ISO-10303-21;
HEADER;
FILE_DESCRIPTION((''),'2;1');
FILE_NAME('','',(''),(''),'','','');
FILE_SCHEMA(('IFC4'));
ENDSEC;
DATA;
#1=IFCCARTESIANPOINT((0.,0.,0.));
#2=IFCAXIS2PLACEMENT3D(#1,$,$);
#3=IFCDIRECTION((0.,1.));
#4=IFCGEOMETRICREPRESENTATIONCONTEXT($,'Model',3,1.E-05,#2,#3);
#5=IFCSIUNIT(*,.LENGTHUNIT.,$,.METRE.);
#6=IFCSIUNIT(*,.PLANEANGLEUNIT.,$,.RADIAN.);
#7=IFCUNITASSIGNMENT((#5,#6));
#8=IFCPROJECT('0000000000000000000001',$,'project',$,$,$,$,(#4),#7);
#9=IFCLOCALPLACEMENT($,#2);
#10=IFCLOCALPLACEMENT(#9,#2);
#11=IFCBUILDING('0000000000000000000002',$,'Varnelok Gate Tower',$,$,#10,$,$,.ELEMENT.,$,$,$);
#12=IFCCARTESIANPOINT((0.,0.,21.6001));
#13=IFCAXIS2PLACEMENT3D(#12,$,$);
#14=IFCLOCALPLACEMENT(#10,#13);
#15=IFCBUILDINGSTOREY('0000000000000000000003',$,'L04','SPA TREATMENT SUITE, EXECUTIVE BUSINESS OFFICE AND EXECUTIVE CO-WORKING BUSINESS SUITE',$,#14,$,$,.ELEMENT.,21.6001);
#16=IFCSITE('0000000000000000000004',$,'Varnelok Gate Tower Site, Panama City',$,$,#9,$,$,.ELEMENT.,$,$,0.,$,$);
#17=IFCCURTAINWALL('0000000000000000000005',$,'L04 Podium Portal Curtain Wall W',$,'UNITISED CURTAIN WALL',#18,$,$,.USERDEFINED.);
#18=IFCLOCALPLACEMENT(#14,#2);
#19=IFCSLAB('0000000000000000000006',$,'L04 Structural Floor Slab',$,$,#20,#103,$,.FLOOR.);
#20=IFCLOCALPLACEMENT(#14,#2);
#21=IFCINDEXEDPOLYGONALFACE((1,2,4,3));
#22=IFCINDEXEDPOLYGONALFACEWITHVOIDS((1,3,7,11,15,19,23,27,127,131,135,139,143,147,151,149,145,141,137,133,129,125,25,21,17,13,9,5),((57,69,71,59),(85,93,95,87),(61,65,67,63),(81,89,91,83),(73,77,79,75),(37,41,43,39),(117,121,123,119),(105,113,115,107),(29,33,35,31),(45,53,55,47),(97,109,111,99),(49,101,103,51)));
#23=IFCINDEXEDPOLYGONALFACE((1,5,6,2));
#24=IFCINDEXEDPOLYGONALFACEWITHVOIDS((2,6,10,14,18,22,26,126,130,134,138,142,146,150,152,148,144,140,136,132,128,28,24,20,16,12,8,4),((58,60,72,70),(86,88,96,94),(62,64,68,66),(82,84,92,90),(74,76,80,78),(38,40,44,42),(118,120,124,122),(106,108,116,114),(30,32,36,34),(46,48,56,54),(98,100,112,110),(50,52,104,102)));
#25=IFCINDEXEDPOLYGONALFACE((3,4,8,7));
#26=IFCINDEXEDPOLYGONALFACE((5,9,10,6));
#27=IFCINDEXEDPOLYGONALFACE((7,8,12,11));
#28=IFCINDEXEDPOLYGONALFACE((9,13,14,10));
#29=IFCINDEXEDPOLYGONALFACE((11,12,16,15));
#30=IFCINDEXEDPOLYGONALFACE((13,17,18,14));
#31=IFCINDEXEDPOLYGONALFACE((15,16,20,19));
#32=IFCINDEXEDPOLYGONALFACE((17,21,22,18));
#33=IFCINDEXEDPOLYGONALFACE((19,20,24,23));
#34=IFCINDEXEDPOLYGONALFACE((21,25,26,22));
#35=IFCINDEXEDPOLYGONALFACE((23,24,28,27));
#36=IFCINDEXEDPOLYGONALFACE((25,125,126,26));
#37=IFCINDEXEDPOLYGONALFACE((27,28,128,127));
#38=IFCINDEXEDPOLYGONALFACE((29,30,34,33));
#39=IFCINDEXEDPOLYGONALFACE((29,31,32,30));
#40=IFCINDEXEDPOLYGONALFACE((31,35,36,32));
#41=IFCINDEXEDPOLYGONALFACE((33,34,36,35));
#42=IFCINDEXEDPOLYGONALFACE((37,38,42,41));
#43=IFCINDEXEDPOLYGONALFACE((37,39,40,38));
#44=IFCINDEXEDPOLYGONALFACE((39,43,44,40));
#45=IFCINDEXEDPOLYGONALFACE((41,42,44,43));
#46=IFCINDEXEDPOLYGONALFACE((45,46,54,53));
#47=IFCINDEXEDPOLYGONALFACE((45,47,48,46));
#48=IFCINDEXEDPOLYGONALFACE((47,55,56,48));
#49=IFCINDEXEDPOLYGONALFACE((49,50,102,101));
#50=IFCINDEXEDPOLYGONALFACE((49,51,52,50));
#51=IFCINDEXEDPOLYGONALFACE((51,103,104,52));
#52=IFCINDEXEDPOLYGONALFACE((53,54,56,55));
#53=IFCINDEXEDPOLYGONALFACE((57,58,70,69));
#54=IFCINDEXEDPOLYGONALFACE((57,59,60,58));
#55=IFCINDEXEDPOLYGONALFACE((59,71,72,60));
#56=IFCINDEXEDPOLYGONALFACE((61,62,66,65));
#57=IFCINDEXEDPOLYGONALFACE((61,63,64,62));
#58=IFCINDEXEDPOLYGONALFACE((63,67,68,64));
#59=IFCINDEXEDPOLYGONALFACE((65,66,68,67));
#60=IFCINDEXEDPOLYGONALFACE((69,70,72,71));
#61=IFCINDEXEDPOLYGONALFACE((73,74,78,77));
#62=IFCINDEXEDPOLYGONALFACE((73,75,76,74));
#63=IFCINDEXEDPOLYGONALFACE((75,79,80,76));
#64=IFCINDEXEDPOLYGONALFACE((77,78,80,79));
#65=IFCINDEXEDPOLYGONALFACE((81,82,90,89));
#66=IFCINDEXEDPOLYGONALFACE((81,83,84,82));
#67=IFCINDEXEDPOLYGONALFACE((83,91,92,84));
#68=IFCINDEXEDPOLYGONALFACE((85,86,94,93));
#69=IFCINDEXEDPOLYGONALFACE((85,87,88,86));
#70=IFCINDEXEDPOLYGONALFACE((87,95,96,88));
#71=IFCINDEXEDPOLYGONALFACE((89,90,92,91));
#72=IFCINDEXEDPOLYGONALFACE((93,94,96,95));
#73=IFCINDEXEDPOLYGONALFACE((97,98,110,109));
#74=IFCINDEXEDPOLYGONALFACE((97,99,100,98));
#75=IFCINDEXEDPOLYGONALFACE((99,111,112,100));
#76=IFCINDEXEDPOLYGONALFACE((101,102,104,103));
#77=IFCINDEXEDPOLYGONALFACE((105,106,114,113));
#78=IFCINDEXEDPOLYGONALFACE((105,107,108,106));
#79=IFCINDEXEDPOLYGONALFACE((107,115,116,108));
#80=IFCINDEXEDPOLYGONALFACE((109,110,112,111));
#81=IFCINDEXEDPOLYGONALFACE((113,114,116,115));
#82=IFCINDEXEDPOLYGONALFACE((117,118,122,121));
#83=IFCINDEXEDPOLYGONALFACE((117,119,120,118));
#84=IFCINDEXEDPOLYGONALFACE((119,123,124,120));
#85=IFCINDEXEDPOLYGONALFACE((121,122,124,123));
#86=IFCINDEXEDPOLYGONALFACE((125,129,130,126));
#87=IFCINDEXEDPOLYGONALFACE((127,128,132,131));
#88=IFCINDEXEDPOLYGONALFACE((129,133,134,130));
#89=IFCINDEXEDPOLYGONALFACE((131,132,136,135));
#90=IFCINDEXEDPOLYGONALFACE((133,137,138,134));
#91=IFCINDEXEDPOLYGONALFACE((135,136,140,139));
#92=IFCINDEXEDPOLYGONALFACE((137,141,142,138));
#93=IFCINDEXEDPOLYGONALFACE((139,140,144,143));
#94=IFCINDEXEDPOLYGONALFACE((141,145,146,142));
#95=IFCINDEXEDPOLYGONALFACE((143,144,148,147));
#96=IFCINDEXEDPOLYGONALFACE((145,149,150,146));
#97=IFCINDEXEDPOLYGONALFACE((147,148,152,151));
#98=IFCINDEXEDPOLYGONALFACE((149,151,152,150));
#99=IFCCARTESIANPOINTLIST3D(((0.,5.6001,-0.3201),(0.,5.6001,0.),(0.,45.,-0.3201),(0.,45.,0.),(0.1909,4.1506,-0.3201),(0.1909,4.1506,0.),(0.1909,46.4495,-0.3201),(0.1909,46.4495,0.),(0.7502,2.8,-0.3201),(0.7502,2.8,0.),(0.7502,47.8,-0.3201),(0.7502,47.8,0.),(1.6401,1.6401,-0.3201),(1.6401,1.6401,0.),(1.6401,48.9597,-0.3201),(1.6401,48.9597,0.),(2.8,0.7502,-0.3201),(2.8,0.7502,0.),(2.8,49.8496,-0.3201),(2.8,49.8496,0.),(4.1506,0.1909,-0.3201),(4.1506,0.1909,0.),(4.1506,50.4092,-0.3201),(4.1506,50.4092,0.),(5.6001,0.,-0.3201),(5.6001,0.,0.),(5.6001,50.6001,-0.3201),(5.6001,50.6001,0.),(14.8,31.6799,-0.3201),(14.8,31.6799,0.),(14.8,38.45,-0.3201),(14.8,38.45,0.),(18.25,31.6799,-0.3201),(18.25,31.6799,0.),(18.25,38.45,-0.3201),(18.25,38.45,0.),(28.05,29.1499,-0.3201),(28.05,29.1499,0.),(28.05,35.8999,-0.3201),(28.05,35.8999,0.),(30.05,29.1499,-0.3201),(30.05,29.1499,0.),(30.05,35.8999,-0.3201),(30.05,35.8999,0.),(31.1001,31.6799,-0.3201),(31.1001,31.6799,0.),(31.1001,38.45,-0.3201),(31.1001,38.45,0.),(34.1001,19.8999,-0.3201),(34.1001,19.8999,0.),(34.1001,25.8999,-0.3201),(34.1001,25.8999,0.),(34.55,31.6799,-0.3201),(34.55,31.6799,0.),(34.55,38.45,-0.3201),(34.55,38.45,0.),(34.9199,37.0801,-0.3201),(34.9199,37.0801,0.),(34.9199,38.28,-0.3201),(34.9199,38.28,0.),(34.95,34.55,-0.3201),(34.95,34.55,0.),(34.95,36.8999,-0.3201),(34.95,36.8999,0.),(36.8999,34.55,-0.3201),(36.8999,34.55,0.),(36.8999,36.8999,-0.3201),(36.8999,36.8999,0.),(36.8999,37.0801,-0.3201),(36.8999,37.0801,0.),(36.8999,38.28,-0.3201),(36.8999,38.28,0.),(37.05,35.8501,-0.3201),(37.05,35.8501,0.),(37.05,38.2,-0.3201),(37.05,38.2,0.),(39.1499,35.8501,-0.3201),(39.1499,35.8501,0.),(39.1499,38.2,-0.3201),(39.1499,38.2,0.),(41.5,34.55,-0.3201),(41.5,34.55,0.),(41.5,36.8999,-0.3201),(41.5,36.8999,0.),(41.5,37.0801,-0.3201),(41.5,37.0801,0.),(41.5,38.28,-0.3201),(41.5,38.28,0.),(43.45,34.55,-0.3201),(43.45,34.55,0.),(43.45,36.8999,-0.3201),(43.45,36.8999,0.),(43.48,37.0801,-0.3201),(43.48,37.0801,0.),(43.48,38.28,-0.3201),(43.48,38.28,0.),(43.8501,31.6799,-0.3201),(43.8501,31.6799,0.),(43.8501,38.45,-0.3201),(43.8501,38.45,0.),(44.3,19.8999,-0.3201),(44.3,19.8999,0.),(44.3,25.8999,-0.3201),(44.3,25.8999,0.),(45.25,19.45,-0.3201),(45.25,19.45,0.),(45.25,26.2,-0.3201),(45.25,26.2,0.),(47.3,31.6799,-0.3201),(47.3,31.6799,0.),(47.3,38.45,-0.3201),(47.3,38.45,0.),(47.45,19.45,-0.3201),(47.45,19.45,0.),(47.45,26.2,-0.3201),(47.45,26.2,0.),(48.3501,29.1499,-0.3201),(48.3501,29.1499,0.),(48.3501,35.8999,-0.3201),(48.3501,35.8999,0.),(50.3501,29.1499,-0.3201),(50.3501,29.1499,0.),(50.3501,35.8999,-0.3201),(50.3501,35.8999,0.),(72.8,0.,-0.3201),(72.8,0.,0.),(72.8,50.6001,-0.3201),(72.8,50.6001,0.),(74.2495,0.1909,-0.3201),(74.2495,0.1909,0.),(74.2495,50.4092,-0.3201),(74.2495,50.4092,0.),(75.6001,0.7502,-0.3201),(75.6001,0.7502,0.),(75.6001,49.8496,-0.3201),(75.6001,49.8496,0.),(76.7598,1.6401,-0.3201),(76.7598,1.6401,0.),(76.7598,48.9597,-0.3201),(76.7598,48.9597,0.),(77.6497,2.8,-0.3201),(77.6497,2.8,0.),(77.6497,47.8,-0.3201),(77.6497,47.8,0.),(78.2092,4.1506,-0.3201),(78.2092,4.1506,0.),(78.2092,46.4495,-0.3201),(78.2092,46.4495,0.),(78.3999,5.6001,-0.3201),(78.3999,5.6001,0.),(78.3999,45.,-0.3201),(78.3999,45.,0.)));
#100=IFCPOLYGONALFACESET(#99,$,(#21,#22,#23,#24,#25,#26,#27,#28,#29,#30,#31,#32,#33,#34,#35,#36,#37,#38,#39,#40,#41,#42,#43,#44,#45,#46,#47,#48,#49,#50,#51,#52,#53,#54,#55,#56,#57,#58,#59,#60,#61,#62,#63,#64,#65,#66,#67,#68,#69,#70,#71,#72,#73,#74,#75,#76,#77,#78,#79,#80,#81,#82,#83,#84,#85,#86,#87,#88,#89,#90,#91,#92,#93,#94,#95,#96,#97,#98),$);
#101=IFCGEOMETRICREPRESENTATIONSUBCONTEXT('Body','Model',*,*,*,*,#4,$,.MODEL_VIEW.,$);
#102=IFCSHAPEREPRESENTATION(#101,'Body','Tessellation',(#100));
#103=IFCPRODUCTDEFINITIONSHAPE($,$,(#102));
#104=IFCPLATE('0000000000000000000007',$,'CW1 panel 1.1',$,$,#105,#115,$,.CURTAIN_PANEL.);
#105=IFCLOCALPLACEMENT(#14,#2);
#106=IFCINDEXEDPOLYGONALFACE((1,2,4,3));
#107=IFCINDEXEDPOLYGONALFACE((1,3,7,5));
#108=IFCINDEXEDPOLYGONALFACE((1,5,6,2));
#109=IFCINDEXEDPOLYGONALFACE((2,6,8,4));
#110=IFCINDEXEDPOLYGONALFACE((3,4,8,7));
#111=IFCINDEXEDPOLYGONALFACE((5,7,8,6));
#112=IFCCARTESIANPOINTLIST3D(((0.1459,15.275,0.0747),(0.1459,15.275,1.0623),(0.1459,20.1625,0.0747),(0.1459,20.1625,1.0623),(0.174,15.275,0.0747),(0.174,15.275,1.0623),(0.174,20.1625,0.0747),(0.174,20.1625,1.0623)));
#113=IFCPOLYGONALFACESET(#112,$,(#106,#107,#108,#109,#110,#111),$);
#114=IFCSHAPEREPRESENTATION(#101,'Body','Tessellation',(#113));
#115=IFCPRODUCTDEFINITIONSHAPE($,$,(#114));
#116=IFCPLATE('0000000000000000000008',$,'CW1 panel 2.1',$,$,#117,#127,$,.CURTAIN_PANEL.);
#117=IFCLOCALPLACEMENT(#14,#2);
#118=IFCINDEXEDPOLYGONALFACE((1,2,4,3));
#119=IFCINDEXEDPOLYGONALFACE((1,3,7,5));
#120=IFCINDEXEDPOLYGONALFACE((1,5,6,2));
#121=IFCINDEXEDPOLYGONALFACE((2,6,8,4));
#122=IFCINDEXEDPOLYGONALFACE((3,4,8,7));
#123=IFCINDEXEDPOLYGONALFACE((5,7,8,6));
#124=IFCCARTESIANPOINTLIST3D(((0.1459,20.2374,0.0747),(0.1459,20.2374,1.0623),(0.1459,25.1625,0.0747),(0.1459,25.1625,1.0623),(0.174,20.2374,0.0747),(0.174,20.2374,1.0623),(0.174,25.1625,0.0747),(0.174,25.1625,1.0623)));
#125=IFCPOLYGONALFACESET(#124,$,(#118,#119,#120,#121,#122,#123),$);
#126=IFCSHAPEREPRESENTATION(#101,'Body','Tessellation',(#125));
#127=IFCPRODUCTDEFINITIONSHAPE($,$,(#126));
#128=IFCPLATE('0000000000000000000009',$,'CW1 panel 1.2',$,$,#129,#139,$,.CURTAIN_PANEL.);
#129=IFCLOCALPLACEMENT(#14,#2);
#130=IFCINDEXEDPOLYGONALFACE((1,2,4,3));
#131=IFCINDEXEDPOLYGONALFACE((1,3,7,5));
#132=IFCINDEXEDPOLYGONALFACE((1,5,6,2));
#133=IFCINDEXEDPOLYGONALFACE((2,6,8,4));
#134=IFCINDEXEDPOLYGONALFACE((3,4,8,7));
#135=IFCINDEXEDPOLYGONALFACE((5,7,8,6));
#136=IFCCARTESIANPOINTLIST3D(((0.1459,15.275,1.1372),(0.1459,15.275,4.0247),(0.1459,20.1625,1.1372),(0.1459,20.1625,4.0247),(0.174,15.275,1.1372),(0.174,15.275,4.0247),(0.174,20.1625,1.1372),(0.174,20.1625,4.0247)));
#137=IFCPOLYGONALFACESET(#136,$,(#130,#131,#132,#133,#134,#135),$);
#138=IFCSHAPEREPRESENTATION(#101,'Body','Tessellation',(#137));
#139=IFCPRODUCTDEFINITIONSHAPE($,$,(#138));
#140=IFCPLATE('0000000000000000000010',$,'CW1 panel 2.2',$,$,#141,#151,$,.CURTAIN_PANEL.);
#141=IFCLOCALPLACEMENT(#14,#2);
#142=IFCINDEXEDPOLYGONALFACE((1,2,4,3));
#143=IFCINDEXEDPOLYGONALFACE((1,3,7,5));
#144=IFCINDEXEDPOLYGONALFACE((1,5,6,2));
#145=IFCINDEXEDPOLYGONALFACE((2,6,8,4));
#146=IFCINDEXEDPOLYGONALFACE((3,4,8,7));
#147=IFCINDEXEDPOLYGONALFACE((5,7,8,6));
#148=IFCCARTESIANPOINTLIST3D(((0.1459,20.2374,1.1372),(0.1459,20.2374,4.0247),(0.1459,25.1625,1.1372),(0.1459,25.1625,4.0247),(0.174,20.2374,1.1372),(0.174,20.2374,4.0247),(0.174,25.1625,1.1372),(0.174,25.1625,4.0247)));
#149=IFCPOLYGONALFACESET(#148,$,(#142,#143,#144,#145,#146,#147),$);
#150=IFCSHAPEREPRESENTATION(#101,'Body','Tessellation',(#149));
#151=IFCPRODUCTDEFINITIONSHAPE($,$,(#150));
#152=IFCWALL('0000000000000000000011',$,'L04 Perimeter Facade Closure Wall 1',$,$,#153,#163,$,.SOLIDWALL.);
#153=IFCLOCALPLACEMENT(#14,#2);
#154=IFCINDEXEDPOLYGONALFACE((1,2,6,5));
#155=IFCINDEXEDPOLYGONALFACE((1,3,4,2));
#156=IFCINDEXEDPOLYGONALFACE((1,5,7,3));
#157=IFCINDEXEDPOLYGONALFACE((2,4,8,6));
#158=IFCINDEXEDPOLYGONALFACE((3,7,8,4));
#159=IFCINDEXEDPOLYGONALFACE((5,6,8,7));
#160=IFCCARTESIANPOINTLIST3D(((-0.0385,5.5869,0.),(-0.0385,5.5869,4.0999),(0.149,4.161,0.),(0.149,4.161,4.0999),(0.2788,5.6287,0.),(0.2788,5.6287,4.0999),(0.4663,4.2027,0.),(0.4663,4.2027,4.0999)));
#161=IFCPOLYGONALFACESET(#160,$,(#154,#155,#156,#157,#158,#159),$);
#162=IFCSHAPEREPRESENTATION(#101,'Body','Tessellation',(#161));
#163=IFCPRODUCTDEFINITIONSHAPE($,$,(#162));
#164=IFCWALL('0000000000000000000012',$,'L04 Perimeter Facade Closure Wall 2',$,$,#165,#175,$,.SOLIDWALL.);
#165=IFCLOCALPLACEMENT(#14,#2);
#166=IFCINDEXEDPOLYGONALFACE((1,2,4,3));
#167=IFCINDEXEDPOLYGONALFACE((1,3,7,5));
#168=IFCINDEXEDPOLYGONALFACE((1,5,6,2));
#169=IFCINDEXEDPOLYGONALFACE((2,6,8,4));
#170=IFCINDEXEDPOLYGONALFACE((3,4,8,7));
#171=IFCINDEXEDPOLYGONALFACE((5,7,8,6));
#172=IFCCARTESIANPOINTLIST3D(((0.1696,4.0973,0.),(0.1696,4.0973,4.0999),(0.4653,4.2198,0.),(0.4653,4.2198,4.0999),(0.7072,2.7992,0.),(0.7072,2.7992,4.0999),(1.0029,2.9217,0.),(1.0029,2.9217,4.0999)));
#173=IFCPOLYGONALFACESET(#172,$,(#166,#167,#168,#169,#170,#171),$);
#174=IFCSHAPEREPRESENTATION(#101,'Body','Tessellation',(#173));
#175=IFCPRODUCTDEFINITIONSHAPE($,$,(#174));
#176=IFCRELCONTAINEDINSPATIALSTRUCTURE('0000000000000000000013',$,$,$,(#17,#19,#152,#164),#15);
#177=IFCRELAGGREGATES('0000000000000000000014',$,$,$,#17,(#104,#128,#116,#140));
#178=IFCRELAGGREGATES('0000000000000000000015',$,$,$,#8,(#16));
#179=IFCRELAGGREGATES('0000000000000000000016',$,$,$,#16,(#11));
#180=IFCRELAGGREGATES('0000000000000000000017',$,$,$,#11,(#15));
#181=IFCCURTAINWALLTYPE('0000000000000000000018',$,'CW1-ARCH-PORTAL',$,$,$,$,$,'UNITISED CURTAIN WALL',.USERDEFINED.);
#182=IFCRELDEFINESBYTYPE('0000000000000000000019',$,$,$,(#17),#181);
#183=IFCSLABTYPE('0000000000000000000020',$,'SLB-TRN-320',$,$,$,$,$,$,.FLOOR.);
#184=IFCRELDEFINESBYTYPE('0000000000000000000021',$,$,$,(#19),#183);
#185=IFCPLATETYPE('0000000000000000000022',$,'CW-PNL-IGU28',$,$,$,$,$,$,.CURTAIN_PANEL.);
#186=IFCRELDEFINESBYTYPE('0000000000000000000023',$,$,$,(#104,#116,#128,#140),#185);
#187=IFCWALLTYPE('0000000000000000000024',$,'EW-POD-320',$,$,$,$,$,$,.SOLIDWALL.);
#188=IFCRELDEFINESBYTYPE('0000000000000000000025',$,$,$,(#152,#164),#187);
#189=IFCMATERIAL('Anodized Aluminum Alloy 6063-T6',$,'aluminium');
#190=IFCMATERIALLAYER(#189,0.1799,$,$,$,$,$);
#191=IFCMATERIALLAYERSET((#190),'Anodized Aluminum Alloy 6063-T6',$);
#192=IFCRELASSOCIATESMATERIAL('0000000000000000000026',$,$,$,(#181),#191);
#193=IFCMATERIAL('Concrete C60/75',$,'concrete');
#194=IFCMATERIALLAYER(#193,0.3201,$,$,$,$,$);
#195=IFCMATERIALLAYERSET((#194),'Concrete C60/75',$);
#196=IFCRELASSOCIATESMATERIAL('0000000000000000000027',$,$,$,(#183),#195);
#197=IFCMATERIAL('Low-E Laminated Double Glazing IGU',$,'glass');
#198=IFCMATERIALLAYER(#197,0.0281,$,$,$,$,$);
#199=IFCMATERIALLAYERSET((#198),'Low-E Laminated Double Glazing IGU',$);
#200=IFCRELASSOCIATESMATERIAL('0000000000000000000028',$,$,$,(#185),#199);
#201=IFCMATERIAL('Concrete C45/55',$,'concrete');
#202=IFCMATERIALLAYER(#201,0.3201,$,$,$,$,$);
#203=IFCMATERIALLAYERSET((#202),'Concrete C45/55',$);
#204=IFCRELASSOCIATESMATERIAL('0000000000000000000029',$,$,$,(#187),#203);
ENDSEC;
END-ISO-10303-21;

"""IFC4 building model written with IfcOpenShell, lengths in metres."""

from ifc_helpers import new_model, si_unit, direction, frame, frame_2d, origin, origin_2d, place, context, subcontext, project, spatial, polyline, rectangle, outline, extrude, source, transform, mapped, material, layer, layer_set, type_object, element, aggregate, save


model = new_model("IFC4")

# Units and contexts
model_context = context("Model", 3, precision=1e-05, world=origin(), true_north=direction((0.0, 1.0)))
body_context = subcontext(model_context, "Body", "Model", "MODEL_VIEW")
ifc_project = project(units=[si_unit("LENGTHUNIT", "METRE"), si_unit("PLANEANGLEUNIT", "RADIAN")], contexts=[model_context])

# Site, building, storey
site_placement = place(None, origin())
site = spatial("IfcSite", under=ifc_project, at=site_placement, Name="Varnelok Gate Tower Site, Panama City", CompositionType="ELEMENT", RefElevation=0.0)
building_placement = place(site_placement, origin())
building = spatial("IfcBuilding", under=site, at=building_placement, Name="Varnelok Gate Tower", CompositionType="ELEMENT")
storey_placement = place(building_placement, frame((0.0, 0.0, 21.6001)))
storey = spatial("IfcBuildingStorey", under=building, at=storey_placement, Name="L04", Description="SPA TREATMENT SUITE, EXECUTIVE BUSINESS OFFICE AND EXECUTIVE CO-WORKING BUSINESS SUITE", CompositionType="ELEMENT", Elevation=21.6001)

# Shared definitions
ifc_material_1 = material(Name="Concrete C60/75", Category="concrete")

# Curtain wall
ifc_material_2 = material(Name="Anodized Aluminum Alloy 6063-T6", Category="aluminium")
ifc_layer_1 = layer(ifc_material_2, 0.1799)
ifc_layer_set_1 = layer_set([ifc_layer_1], Name="Anodized Aluminum Alloy 6063-T6")
curtain_wall_type = type_object("IfcCurtainWallType", Name="CW1-ARCH-PORTAL", ElementType="UNITISED CURTAIN WALL", PredefinedType="USERDEFINED", material=ifc_layer_set_1)
curtain_wall_placement = place(storey_placement, origin())
curtain_wall = element("IfcCurtainWall", 1, at=curtain_wall_placement, inside=storey, type_object=curtain_wall_type, Name="L04 Podium Portal Curtain Wall W", ObjectType="UNITISED CURTAIN WALL", PredefinedType="USERDEFINED")

# Shared definitions
ifc_material_3 = material(Name="Concrete C45/55", Category="concrete")

# Slab
ifc_layer_2 = layer(ifc_material_1, 0.3201)
ifc_layer_set_2 = layer_set([ifc_layer_2], Name="Concrete C60/75")
slab_type_1 = type_object("IfcSlabType", Name="SLB-TRN-320", PredefinedType="FLOOR", material=ifc_layer_set_2)
slab_1_placement = place(storey_placement, frame((0.0, 0.0, -0.3201)))
element("IfcSlab", 2, at=slab_1_placement, inside=storey, type_object=slab_type_1, Name="L04 Structural Floor Slab", PredefinedType="FLOOR", context=body_context, shape_type="SweptSolid", body=[
    extrude(outline(polyline([(0.0, 5.6001), (0.1909, 4.1506), (0.7502, 2.8), (1.6401, 1.6401), (2.8, 0.7502), (4.1506, 0.1909), (5.6001, 0.0), (72.8, 0.0), (74.2495, 0.1909), (75.6001, 0.7502), (76.7598, 1.6401), (77.6497, 2.8), (78.2092, 4.1506), (78.3999, 5.6001), (78.3999, 45.0), (78.2092, 46.4495), (77.6497, 47.8), (76.7598, 48.9597), (75.6001, 49.8496), (74.2495, 50.4092), (72.8, 50.6001), (5.6001, 50.6001), (4.1506, 50.4092), (2.8, 49.8496), (1.6401, 48.9597), (0.7502, 47.8), (0.1909, 46.4495), (0.0, 45.0), (0.0, 5.6001)]), holes=[polyline([(34.55, 31.6799), (34.55, 38.45), (31.1001, 38.45), (31.1001, 31.6799), (34.55, 31.6799)]), polyline([(47.3, 31.6799), (47.3, 38.45), (43.8501, 38.45), (43.8501, 31.6799), (47.3, 31.6799)]), polyline([(18.25, 31.6799), (18.25, 38.45), (14.8, 38.45), (14.8, 31.6799), (18.25, 31.6799)]), polyline([(34.95, 34.55), (36.8999, 34.55), (36.8999, 36.8999), (34.95, 36.8999), (34.95, 34.55)]), polyline([(41.5, 34.55), (43.45, 34.55), (43.45, 36.8999), (41.5, 36.8999), (41.5, 34.55)]), polyline([(37.05, 35.8501), (39.1499, 35.8501), (39.1499, 38.2), (37.05, 38.2), (37.05, 35.8501)]), polyline([(28.05, 29.1499), (30.05, 29.1499), (30.05, 35.8999), (28.05, 35.8999), (28.05, 29.1499)]), polyline([(48.3501, 29.1499), (50.3501, 29.1499), (50.3501, 35.8999), (48.3501, 35.8999), (48.3501, 29.1499)]), polyline([(45.25, 19.45), (47.45, 19.45), (47.45, 26.2), (45.25, 26.2), (45.25, 19.45)]), polyline([(34.9199, 37.0801), (36.8999, 37.0801), (36.8999, 38.28), (34.9199, 38.28), (34.9199, 37.0801)]), polyline([(41.5, 37.0801), (43.48, 37.0801), (43.48, 38.28), (41.5, 38.28), (41.5, 37.0801)]), polyline([(34.1001, 19.8999), (44.3, 19.8999), (44.3, 25.8999), (34.1001, 25.8999), (34.1001, 19.8999)])]), origin(), (0.0, 0.0, 1.0), 0.3201),
])

# Plates
ifc_material_4 = material(Name="Low-E Laminated Double Glazing IGU", Category="glass")
ifc_layer_3 = layer(ifc_material_4, 0.0281)
ifc_layer_set_3 = layer_set([ifc_layer_3], Name="Low-E Laminated Double Glazing IGU")
plate_type = type_object("IfcPlateType", Name="CW-PNL-IGU28", PredefinedType="CURTAIN_PANEL", material=ifc_layer_set_3)
shared_shape_1 = source(origin(), body_context, "Body", "SweptSolid", [
    extrude(rectangle(XDim=4.8875, YDim=0.0281, at=origin_2d()), origin(), (0.0, 0.0, 1.0), 0.9875),
])
plate_1_placement = place(storey_placement, frame((0.1599, 17.7188, 0.0747), z_axis=(0.0, 0.0, 1.0), x_axis=(0.0, 1.0, 0.0)))
plate_1 = element("IfcPlate", 3, at=plate_1_placement, type_object=plate_type, Name="CW1 panel 1.1", PredefinedType="CURTAIN_PANEL", context=body_context, shape_type="MappedRepresentation", body=[
    mapped(shared_shape_1, transform((0.0, 0.0, 0.0), scale=1.0)),
])
shared_shape_2 = source(origin(), body_context, "Body", "SweptSolid", [
    extrude(rectangle(XDim=4.925, YDim=0.0281, at=origin_2d()), origin(), (0.0, 0.0, 1.0), 0.9875),
])
plate_2_placement = place(storey_placement, frame((0.1599, 22.7, 0.0747), z_axis=(0.0, 0.0, 1.0), x_axis=(0.0, 1.0, 0.0)))
plate_2 = element("IfcPlate", 4, at=plate_2_placement, type_object=plate_type, Name="CW1 panel 2.1", PredefinedType="CURTAIN_PANEL", context=body_context, shape_type="MappedRepresentation", body=[
    mapped(shared_shape_2, transform((0.0, 0.0, 0.0), scale=1.0)),
])
shared_shape_3 = source(origin(), body_context, "Body", "SweptSolid", [
    extrude(rectangle(XDim=4.8875, YDim=0.0281, at=origin_2d()), origin(), (0.0, 0.0, 1.0), 2.8875),
])
plate_3_placement = place(storey_placement, frame((0.1599, 17.7188, 1.1372), z_axis=(0.0, 0.0, 1.0), x_axis=(0.0, 1.0, 0.0)))
plate_3 = element("IfcPlate", 5, at=plate_3_placement, type_object=plate_type, Name="CW1 panel 1.2", PredefinedType="CURTAIN_PANEL", context=body_context, shape_type="MappedRepresentation", body=[
    mapped(shared_shape_3, transform((0.0, 0.0, 0.0), scale=1.0)),
])
shared_shape_4 = source(origin(), body_context, "Body", "SweptSolid", [
    extrude(rectangle(XDim=4.925, YDim=0.0281, at=origin_2d()), origin(), (0.0, 0.0, 1.0), 2.8875),
])
plate_4_placement = place(storey_placement, frame((0.1599, 22.7, 1.1372), z_axis=(0.0, 0.0, 1.0), x_axis=(0.0, 1.0, 0.0)))
plate_4 = element("IfcPlate", 6, at=plate_4_placement, type_object=plate_type, Name="CW1 panel 2.2", PredefinedType="CURTAIN_PANEL", context=body_context, shape_type="MappedRepresentation", body=[
    mapped(shared_shape_4, transform((0.0, 0.0, 0.0), scale=1.0)),
])
aggregate(curtain_wall, [plate_1, plate_3, plate_2, plate_4])

# Walls
ifc_layer_4 = layer(ifc_material_3, 0.3201)
ifc_layer_set_4 = layer_set([ifc_layer_4], Name="Concrete C45/55")
wall_type_1 = type_object("IfcWallType", Name="EW-POD-320", PredefinedType="SOLIDWALL", material=ifc_layer_set_4)
wall_1_placement = place(storey_placement, frame((0.1201, 5.6079, 0.0), z_axis=(0.0, 0.0, 1.0), x_axis=(0.130362, -0.991466, 0.0)))
element("IfcWall", 7, at=wall_1_placement, inside=storey, type_object=wall_type_1, Name="L04 Perimeter Facade Closure Wall 1", PredefinedType="SOLIDWALL", context=body_context, shape_type="SweptSolid", body=[
    extrude(rectangle(XDim=1.4382, YDim=0.3201, at=frame_2d((0.7192, 0.0))), origin(), (0.0, 0.0, 1.0), 4.0999),
])
wall_2_placement = place(storey_placement, frame((0.3174, 4.1587, 0.0), z_axis=(0.0, 0.0, 1.0), x_axis=(0.382628, -0.923902, 0.0)))
element("IfcWall", 8, at=wall_2_placement, inside=storey, type_object=wall_type_1, Name="L04 Perimeter Facade Closure Wall 2", PredefinedType="SOLIDWALL", context=body_context, shape_type="SweptSolid", body=[
    extrude(rectangle(XDim=1.405, YDim=0.3201, at=frame_2d((0.7026, 0.0))), origin(), (0.0, 0.0, 1.0), 4.0999),
])

save(model, "model.ifc")
